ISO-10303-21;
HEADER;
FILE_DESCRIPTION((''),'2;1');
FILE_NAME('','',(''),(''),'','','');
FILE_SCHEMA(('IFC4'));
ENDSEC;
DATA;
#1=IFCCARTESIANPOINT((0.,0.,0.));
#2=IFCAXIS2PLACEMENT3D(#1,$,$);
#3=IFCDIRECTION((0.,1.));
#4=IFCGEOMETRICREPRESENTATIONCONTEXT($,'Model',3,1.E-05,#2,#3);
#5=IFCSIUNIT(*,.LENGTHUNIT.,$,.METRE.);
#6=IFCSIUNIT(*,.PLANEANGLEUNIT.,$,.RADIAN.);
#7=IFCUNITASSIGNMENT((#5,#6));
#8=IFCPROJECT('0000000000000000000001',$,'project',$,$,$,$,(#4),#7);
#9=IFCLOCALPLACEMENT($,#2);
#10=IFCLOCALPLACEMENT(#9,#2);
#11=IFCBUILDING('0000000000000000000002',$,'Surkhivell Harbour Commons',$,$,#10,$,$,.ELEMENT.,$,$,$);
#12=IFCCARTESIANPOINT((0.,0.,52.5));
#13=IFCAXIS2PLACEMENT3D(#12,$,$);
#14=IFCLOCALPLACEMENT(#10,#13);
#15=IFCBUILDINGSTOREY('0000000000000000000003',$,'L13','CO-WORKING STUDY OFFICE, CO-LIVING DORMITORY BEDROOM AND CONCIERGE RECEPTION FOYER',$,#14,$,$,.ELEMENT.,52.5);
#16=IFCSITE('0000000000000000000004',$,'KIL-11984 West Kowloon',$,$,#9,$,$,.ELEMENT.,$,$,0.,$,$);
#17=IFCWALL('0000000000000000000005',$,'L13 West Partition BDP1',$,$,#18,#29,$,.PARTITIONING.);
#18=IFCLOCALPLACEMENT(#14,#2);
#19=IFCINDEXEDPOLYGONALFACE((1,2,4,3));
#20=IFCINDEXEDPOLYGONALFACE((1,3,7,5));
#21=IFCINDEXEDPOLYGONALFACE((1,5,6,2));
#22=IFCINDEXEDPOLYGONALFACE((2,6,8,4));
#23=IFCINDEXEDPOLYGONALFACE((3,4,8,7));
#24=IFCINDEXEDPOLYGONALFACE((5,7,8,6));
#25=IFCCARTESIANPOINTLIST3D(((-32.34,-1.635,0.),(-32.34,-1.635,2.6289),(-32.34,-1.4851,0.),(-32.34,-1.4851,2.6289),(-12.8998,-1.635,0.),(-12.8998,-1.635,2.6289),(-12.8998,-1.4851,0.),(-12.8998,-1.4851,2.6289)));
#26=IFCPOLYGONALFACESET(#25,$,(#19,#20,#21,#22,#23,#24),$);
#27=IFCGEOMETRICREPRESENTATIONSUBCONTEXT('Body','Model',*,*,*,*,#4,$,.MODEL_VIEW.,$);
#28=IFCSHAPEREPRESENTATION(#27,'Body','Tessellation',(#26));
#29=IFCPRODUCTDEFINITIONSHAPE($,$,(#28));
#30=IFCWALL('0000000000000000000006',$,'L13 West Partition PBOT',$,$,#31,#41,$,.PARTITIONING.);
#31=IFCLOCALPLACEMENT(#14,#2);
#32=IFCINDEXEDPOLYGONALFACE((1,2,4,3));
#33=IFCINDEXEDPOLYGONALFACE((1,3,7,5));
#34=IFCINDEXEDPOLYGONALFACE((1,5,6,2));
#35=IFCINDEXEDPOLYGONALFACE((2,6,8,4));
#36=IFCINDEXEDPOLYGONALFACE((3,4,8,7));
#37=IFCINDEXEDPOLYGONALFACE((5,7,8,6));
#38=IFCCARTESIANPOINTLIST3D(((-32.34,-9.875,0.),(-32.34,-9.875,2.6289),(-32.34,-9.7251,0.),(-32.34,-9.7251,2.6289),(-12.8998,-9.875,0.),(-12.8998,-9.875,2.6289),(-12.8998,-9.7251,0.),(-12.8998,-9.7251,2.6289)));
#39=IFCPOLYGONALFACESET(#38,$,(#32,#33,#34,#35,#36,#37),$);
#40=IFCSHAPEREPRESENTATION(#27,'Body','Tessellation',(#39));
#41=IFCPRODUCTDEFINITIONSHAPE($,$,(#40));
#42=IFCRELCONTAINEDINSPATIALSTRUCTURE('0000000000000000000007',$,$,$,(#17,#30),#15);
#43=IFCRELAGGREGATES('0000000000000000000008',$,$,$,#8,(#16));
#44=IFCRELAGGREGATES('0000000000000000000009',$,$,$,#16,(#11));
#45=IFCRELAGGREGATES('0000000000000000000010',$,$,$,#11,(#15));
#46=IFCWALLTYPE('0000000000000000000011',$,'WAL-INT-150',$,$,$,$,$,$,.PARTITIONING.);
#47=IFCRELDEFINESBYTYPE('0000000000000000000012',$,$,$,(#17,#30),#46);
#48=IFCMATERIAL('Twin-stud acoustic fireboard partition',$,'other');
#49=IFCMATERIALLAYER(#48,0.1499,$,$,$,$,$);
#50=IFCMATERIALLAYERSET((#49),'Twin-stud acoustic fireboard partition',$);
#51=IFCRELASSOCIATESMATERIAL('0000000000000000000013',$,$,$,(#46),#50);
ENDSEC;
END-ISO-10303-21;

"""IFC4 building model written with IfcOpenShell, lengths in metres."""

from ifc_helpers import new_model, si_unit, direction, frame, frame_2d, origin, place, context, subcontext, project, spatial, rectangle, extrude, material, layer, layer_set, type_object, element, save


model = new_model("IFC4")

# Units and contexts
model_context = context("Model", 3, precision=1e-05, world=origin(), true_north=direction((0.0, 1.0)))
body_context = subcontext(model_context, "Body", "Model", "MODEL_VIEW")
ifc_project = project(units=[si_unit("LENGTHUNIT", "METRE"), si_unit("PLANEANGLEUNIT", "RADIAN")], contexts=[model_context])

# Site, building, storey
site_placement = place(None, origin())
site = spatial("IfcSite", under=ifc_project, at=site_placement, Name="KIL-11984 West Kowloon", CompositionType="ELEMENT", RefElevation=0.0)
building_placement = place(site_placement, origin())
building = spatial("IfcBuilding", under=site, at=building_placement, Name="Surkhivell Harbour Commons", CompositionType="ELEMENT")
storey_placement = place(building_placement, frame((0.0, 0.0, 52.5)))
storey = spatial("IfcBuildingStorey", under=building, at=storey_placement, Name="L13", Description="CO-WORKING STUDY OFFICE, CO-LIVING DORMITORY BEDROOM AND CONCIERGE RECEPTION FOYER", CompositionType="ELEMENT", Elevation=52.5)

# Walls
ifc_material_1 = material(Name="Twin-stud acoustic fireboard partition", Category="other")
ifc_layer_1 = layer(ifc_material_1, 0.1499)
ifc_layer_set_1 = layer_set([ifc_layer_1], Name="Twin-stud acoustic fireboard partition")
wall_type_1 = type_object("IfcWallType", Name="WAL-INT-150", PredefinedType="PARTITIONING", material=ifc_layer_set_1)
for number, where, z_axis, x_axis, name in (
    (1, (-32.3401, -1.5601, 0.0), (0.0, 0.0, 1.0), (1.0, 0.0, 0.0), "L13 West Partition BDP1"),
    (2, (-32.3401, -9.8, 0.0), (0.0, 0.0, 1.0), (1.0, 0.0, 0.0), "L13 West Partition PBOT"),
):
    element("IfcWall", number, at=place(storey_placement, frame(where, z_axis=z_axis, x_axis=x_axis)), inside=storey, type_object=wall_type_1, Name=name, PredefinedType="PARTITIONING", context=body_context, shape_type="SweptSolid", body=[
        extrude(rectangle(XDim=19.4402, YDim=0.1499, at=frame_2d((9.7202, 0.0))), origin(), (0.0, 0.0, 1.0), 2.6289),
    ])

save(model, "model.ifc")
